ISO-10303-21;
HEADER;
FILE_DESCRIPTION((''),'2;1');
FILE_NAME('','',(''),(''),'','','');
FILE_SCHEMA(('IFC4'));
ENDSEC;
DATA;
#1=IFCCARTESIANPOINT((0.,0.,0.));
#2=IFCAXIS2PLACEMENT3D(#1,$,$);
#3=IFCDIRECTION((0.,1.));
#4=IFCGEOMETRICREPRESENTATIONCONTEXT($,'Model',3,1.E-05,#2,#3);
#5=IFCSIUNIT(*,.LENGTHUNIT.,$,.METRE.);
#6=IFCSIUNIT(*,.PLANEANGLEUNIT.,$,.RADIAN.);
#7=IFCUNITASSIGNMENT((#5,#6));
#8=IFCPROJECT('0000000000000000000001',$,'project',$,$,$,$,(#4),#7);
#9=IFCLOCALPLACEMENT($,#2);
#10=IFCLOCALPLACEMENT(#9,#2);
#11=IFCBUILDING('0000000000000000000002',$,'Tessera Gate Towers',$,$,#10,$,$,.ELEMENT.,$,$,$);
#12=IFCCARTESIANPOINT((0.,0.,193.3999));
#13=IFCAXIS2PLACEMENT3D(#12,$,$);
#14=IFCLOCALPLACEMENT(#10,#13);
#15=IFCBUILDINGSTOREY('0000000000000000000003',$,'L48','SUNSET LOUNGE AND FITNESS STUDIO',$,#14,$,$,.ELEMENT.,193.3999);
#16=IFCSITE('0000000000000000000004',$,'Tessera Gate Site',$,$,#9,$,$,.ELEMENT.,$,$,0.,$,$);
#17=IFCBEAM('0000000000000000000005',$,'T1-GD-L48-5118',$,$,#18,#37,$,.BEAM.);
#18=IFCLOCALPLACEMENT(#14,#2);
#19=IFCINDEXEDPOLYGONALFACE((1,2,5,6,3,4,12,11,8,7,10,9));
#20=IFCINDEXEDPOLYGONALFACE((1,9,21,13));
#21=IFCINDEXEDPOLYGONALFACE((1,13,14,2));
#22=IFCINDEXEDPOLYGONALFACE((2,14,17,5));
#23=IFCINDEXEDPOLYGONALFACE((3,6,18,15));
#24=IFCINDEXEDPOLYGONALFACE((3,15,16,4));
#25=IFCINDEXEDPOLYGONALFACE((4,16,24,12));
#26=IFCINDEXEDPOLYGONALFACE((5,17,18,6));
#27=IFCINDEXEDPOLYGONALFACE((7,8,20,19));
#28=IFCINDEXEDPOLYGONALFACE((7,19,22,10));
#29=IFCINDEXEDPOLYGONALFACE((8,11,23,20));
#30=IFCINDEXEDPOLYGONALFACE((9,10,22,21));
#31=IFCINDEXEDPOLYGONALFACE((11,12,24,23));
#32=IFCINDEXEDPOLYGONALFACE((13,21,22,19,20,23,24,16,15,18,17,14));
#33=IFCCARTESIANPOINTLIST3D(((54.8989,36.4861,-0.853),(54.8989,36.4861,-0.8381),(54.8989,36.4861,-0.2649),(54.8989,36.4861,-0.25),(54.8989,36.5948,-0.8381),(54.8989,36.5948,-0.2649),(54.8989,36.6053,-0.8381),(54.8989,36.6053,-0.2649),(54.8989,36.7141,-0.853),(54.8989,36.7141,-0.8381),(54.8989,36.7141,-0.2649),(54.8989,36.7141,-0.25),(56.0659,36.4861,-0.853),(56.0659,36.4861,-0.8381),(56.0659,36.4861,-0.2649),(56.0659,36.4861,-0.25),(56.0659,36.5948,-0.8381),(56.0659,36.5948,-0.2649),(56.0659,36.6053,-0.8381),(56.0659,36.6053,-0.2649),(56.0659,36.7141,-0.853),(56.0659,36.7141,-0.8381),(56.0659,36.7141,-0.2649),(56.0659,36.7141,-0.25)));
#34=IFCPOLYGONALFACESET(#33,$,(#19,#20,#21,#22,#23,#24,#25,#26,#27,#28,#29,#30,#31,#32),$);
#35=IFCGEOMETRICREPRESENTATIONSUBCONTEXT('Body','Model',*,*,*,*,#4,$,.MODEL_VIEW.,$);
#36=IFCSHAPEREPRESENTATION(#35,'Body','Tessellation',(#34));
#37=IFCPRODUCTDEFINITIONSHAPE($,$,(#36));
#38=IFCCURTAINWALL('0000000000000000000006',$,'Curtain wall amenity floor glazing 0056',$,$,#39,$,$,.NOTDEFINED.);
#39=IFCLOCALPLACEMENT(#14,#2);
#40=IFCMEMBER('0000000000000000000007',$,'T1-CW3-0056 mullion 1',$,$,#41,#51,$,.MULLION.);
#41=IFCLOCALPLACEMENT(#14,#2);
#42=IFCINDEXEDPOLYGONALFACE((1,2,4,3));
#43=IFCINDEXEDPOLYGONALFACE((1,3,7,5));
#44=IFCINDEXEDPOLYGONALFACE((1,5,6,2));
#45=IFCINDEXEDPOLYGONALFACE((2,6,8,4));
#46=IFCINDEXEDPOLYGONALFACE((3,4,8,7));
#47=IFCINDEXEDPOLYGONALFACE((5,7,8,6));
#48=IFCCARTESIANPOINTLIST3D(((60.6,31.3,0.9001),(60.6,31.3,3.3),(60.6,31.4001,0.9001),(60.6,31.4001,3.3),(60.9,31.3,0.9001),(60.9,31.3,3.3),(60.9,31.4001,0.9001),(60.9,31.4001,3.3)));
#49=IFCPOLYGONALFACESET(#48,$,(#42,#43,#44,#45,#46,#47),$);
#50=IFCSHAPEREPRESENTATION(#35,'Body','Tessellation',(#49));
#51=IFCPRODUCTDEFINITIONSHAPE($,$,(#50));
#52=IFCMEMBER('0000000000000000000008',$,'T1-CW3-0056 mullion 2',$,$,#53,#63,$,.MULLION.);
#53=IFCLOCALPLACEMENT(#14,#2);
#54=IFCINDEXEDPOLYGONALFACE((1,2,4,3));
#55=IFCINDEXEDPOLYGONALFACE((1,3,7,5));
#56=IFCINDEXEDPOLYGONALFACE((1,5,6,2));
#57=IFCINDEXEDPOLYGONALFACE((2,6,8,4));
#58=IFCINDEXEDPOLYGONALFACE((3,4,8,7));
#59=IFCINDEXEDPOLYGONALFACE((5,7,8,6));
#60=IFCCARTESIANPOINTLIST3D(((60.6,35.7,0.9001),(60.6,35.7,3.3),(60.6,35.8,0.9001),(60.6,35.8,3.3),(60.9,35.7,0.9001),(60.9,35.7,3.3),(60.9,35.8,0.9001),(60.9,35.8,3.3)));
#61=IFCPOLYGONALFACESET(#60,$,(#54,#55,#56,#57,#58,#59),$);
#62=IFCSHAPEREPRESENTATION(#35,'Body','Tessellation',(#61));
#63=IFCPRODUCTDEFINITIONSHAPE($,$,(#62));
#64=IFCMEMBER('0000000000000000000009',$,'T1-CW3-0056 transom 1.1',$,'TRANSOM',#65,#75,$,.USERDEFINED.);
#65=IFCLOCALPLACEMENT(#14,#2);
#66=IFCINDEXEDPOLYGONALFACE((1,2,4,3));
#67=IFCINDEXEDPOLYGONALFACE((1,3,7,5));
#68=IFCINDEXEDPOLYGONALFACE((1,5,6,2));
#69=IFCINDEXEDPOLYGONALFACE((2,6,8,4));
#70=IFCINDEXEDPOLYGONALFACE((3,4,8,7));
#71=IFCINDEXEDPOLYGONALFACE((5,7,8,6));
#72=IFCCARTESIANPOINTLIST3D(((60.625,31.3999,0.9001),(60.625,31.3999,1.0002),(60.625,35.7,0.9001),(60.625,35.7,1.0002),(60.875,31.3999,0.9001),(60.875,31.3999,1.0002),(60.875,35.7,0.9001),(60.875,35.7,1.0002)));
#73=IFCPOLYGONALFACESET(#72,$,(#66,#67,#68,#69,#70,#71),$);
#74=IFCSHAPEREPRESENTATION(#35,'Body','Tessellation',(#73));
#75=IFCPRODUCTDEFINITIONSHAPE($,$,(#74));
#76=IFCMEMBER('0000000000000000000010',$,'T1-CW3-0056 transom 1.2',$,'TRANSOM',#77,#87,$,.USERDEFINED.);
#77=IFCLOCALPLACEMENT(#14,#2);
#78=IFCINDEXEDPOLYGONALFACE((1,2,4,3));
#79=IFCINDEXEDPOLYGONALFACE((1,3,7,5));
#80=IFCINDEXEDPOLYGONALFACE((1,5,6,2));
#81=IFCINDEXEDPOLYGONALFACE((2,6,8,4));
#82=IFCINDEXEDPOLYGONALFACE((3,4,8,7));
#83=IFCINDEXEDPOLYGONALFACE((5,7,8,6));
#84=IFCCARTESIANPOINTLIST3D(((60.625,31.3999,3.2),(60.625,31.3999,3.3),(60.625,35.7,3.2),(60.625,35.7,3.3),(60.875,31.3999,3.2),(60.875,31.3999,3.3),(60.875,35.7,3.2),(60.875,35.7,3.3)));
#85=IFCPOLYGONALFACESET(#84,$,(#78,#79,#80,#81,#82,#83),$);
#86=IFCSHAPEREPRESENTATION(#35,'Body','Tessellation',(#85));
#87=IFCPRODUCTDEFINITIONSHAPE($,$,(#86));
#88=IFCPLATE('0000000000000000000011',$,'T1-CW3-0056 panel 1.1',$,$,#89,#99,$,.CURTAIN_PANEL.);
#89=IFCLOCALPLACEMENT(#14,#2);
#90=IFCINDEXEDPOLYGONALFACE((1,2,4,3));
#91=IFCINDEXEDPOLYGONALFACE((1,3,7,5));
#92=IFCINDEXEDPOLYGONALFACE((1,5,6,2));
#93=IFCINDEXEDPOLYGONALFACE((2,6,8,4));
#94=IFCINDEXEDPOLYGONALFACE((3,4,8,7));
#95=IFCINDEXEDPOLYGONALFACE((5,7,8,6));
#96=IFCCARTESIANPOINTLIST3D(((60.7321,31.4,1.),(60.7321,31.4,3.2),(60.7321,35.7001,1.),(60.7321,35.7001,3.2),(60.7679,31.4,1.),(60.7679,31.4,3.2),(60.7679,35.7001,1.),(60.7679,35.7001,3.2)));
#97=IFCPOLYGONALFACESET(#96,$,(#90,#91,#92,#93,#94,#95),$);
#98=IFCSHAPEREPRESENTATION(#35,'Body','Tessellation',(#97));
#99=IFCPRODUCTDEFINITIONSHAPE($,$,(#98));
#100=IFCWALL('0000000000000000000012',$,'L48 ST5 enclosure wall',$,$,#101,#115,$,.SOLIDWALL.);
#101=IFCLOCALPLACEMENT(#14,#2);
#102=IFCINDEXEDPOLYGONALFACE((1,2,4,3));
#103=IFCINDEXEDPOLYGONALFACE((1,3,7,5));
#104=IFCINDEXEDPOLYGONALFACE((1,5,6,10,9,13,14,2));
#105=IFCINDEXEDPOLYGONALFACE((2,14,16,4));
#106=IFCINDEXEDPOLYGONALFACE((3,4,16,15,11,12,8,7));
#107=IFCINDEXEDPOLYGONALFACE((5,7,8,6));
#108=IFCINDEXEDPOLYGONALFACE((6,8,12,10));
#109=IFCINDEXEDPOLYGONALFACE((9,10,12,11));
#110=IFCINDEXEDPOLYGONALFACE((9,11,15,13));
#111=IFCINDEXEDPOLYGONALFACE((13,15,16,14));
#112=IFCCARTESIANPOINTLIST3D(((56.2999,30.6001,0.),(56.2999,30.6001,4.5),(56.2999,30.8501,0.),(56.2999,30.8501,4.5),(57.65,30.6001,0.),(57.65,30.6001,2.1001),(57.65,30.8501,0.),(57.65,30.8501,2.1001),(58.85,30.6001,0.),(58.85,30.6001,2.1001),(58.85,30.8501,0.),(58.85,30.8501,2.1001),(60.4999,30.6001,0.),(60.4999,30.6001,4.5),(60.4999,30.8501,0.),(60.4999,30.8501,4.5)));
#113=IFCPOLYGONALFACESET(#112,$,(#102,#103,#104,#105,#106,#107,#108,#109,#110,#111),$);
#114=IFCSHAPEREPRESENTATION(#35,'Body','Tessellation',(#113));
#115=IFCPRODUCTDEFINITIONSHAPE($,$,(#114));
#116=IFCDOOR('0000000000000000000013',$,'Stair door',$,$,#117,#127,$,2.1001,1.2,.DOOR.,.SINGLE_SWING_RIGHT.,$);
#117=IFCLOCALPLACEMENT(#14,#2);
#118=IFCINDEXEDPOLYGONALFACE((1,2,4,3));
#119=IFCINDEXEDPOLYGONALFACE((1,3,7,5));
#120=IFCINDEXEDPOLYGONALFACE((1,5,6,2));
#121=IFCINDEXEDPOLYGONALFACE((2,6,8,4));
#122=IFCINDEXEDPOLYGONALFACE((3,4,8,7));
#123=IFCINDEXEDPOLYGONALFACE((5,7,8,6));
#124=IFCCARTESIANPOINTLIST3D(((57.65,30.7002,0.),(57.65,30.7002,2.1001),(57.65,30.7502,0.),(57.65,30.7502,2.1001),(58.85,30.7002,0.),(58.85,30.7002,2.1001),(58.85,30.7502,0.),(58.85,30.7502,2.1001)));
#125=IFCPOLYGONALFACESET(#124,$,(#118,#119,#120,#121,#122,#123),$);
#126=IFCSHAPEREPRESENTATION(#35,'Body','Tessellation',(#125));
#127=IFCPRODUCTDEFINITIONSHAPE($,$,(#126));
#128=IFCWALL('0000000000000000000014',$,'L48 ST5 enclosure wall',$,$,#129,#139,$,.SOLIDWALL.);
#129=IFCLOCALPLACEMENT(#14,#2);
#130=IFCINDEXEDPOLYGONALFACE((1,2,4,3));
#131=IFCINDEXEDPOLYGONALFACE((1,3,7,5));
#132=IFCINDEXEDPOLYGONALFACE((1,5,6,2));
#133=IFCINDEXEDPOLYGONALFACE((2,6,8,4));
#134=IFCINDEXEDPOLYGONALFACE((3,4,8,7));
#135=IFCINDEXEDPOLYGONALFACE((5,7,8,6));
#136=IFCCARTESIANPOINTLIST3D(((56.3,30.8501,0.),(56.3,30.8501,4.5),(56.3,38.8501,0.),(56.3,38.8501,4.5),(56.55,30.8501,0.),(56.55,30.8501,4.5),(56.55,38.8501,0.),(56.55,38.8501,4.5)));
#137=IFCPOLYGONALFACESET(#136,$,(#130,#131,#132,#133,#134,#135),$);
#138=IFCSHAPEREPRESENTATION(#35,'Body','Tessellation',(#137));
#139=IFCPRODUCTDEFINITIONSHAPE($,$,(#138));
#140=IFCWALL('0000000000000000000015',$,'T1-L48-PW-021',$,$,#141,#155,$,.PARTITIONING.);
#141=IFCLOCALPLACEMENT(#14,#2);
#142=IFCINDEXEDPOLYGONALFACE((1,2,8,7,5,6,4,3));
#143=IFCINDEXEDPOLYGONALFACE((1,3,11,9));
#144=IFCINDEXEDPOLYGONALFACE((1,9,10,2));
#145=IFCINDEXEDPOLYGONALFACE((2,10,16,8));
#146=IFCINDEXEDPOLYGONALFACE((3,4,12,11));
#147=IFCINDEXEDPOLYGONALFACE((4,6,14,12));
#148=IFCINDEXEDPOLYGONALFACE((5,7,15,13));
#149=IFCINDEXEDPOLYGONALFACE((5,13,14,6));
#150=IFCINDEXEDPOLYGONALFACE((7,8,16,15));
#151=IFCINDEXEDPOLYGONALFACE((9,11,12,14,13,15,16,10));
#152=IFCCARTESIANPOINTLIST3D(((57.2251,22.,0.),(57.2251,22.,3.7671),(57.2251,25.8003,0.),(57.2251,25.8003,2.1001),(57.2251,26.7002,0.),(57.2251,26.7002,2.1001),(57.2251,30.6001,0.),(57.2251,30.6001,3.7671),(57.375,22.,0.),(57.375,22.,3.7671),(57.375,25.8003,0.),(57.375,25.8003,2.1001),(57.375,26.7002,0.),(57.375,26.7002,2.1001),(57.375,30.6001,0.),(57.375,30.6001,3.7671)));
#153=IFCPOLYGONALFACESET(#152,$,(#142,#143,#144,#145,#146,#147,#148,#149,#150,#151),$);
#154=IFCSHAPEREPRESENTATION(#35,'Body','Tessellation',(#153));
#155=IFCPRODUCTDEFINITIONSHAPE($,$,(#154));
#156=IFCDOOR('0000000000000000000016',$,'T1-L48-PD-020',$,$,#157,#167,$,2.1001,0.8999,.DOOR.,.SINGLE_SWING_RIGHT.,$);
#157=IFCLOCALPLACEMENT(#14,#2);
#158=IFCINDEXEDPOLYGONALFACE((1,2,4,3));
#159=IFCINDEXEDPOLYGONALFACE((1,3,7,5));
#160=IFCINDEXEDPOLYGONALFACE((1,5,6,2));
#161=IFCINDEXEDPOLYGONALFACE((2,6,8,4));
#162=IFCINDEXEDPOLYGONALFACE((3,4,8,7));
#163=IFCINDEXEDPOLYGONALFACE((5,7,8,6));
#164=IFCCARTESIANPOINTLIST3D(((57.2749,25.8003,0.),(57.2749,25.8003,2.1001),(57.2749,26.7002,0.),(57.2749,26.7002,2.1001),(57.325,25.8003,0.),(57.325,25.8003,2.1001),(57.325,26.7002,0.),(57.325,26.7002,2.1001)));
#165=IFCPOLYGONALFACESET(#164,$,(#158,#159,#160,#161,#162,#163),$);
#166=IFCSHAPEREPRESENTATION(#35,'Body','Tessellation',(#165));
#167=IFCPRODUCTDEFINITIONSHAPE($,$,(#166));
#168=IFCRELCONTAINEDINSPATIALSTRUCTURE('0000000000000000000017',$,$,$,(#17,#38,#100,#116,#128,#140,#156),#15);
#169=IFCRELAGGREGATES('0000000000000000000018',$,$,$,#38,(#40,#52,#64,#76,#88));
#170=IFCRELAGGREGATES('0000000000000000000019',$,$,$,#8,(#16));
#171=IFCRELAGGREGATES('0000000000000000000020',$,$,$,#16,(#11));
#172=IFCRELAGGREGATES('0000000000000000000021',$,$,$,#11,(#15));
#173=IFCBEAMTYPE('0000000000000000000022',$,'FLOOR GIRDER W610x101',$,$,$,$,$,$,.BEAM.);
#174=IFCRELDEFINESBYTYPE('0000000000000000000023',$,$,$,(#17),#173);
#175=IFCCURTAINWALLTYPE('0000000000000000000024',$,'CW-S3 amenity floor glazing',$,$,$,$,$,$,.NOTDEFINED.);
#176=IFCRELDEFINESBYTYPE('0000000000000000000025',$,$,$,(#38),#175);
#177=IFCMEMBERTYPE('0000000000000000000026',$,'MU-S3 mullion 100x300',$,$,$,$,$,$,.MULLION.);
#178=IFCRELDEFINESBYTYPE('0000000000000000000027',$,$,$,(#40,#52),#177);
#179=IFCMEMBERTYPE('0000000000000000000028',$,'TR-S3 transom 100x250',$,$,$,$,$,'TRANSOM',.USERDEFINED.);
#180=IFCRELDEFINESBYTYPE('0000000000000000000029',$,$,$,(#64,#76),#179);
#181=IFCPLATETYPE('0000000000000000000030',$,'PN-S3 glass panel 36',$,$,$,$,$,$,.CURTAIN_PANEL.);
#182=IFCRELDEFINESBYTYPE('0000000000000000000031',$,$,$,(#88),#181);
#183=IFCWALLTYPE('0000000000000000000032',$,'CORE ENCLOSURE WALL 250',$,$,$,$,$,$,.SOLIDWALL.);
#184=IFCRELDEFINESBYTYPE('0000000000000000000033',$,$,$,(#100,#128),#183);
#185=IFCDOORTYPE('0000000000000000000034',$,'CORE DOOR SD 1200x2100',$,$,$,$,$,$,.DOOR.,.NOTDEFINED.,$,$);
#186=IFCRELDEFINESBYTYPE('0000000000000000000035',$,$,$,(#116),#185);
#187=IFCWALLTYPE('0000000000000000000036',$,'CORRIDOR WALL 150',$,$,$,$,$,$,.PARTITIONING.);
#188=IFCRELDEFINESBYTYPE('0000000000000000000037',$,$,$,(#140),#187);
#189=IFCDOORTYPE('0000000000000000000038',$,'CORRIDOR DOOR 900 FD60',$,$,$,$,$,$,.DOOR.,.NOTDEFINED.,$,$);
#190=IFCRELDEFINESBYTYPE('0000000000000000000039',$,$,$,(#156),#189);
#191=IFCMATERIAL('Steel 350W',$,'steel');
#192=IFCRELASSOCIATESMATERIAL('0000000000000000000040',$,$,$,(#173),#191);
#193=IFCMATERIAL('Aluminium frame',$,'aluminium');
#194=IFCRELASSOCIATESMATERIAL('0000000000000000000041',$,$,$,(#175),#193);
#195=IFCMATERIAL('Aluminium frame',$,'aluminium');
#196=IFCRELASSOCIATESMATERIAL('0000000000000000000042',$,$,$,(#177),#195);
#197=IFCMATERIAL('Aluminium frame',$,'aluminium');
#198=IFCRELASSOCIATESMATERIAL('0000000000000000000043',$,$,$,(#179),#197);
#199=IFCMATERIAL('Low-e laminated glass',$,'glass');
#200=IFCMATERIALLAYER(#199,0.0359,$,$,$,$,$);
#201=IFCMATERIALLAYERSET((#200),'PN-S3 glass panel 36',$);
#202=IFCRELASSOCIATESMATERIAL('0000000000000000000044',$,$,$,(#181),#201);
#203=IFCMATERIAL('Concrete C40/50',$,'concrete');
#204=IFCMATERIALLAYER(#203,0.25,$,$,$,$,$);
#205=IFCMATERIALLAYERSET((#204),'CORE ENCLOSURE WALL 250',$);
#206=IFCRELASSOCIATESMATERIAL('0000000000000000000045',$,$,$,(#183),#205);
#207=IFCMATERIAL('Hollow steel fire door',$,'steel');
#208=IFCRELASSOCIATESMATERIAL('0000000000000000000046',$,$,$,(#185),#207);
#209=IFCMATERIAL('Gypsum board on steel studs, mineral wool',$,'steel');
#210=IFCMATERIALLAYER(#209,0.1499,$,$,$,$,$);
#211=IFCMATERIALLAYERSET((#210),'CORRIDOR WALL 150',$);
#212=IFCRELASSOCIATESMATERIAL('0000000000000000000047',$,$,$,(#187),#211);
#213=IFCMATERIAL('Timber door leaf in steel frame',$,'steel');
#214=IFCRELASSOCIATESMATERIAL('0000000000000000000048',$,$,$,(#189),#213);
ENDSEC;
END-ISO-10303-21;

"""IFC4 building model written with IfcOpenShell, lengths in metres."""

from ifc_helpers import new_model, si_unit, direction, frame, frame_2d, origin, origin_2d, place, context, subcontext, project, spatial, rectangle, i_section, extrude, source, transform, mapped, material, layer, layer_set, material_profile, profile_set, type_object, element, fill, aggregate, save


model = new_model("IFC4")

# Units and contexts
model_context = context("Model", 3, precision=1e-05, world=origin(), true_north=direction((0.0, 1.0)))
body_context = subcontext(model_context, "Body", "Model", "MODEL_VIEW")
ifc_project = project(units=[si_unit("LENGTHUNIT", "METRE"), si_unit("PLANEANGLEUNIT", "RADIAN")], contexts=[model_context])

# Site, building, storey
site_placement = place(None, origin())
site = spatial("IfcSite", under=ifc_project, at=site_placement, Name="Tessera Gate Site", CompositionType="ELEMENT", RefElevation=0.0)
building_placement = place(site_placement, origin())
building = spatial("IfcBuilding", under=site, at=building_placement, Name="Tessera Gate Towers", CompositionType="ELEMENT")
storey_placement = place(building_placement, frame((0.0, 0.0, 193.3999)))
storey = spatial("IfcBuildingStorey", under=building, at=storey_placement, Name="L48", Description="SUNSET LOUNGE AND FITNESS STUDIO", CompositionType="ELEMENT", Elevation=193.3999)

# Beam
ifc_material_1 = material(Name="Steel 350W", Category="steel")
ifc_material_profile_1 = material_profile(ifc_material_1, i_section(OverallWidth=0.228, OverallDepth=0.603, WebThickness=0.0105, FlangeThickness=0.0149, at=origin_2d()), Name="W610x101")
ifc_profile_set_1 = profile_set([ifc_material_profile_1], Name="Steel 350W")
beam_type = type_object("IfcBeamType", Name="FLOOR GIRDER W610x101", PredefinedType="BEAM", material=ifc_profile_set_1)
beam_placement = place(storey_placement, frame((54.8989, 36.6001, -0.5515), z_axis=(1.0, 0.0, 0.0), x_axis=(0.0, 1.0, 0.0)))
element("IfcBeam", 1, at=beam_placement, inside=storey, type_object=beam_type, Name="T1-GD-L48-5118", PredefinedType="BEAM", context=body_context, shape_type="SweptSolid", body=[
    extrude(i_section(OverallWidth=0.228, OverallDepth=0.603, WebThickness=0.0105, FlangeThickness=0.0149, at=origin_2d()), origin(), (0.0, 0.0, 1.0), 1.167),
])

# Curtain wall, members, plate
ifc_material_2 = material(Name="Aluminium frame", Category="aluminium")
curtain_wall_type = type_object("IfcCurtainWallType", Name="CW-S3 amenity floor glazing", PredefinedType="NOTDEFINED", material=ifc_material_2)
curtain_wall_placement = place(storey_placement, origin())
curtain_wall = element("IfcCurtainWall", 2, at=curtain_wall_placement, inside=storey, type_object=curtain_wall_type, Name="Curtain wall amenity floor glazing 0056", PredefinedType="NOTDEFINED")
ifc_material_3 = material(Name="Aluminium frame", Category="aluminium")
ifc_material_profile_2 = material_profile(ifc_material_3, rectangle(XDim=0.1001, YDim=0.3, at=origin_2d()), Name="AL 100x300")
ifc_profile_set_2 = profile_set([ifc_material_profile_2], Name="Aluminium frame")
member_type_1 = type_object("IfcMemberType", Name="MU-S3 mullion 100x300", PredefinedType="MULLION", material=ifc_profile_set_2)
member_1_placement = place(storey_placement, frame((60.75, 31.3501, 0.9001), z_axis=(0.0, 0.0, 1.0), x_axis=(0.0, 1.0, 0.0)))
member_1 = element("IfcMember", 3, at=member_1_placement, type_object=member_type_1, Name="T1-CW3-0056 mullion 1", PredefinedType="MULLION", context=body_context, shape_type="SweptSolid", body=[
    extrude(rectangle(XDim=0.1001, YDim=0.3, at=origin_2d()), origin(), (0.0, 0.0, 1.0), 2.3999),
])
member_2_placement = place(storey_placement, frame((60.75, 35.75, 0.9001), z_axis=(0.0, 0.0, 1.0), x_axis=(0.0, 1.0, 0.0)))
member_2 = element("IfcMember", 4, at=member_2_placement, type_object=member_type_1, Name="T1-CW3-0056 mullion 2", PredefinedType="MULLION", context=body_context, shape_type="SweptSolid", body=[
    extrude(rectangle(XDim=0.1001, YDim=0.3, at=origin_2d()), origin(), (0.0, 0.0, 1.0), 2.3999),
])
ifc_material_4 = material(Name="Aluminium frame", Category="aluminium")
ifc_material_profile_3 = material_profile(ifc_material_4, rectangle(XDim=0.25, YDim=0.1001, at=origin_2d()), Name="AL 100x250")
ifc_profile_set_3 = profile_set([ifc_material_profile_3], Name="Aluminium frame")
member_type_2 = type_object("IfcMemberType", Name="TR-S3 transom 100x250", ElementType="TRANSOM", PredefinedType="USERDEFINED", material=ifc_profile_set_3)
member_3_placement = place(storey_placement, frame((60.75, 31.3999, 0.9502), z_axis=(0.0, 1.0, 0.0), x_axis=(-1.0, 0.0, 0.0)))
member_3 = element("IfcMember", 5, at=member_3_placement, type_object=member_type_2, Name="T1-CW3-0056 transom 1.1", ObjectType="TRANSOM", PredefinedType="USERDEFINED", context=body_context, shape_type="SweptSolid", body=[
    extrude(rectangle(XDim=0.25, YDim=0.1001, at=origin_2d()), origin(), (0.0, 0.0, 1.0), 4.3),
])
member_4_placement = place(storey_placement, frame((60.75, 31.3999, 3.25), z_axis=(0.0, 1.0, 0.0), x_axis=(-1.0, 0.0, 0.0)))
member_4 = element("IfcMember", 6, at=member_4_placement, type_object=member_type_2, Name="T1-CW3-0056 transom 1.2", ObjectType="TRANSOM", PredefinedType="USERDEFINED", context=body_context, shape_type="SweptSolid", body=[
    extrude(rectangle(XDim=0.25, YDim=0.1001, at=origin_2d()), origin(), (0.0, 0.0, 1.0), 4.3),
])
ifc_material_5 = material(Name="Low-e laminated glass", Category="glass")
ifc_layer_1 = layer(ifc_material_5, 0.0359)
ifc_layer_set_1 = layer_set([ifc_layer_1], Name="PN-S3 glass panel 36")
plate_type = type_object("IfcPlateType", Name="PN-S3 glass panel 36", PredefinedType="CURTAIN_PANEL", material=ifc_layer_set_1)
plate_placement = place(storey_placement, frame((60.75, 33.55, 1.0), z_axis=(0.0, 0.0, 1.0), x_axis=(0.0, 1.0, 0.0)))
plate = element("IfcPlate", 7, at=plate_placement, type_object=plate_type, Name="T1-CW3-0056 panel 1.1", PredefinedType="CURTAIN_PANEL", context=body_context, shape_type="SweptSolid", body=[
    extrude(rectangle(XDim=4.3, YDim=0.0359, at=origin_2d()), origin(), (0.0, 0.0, 1.0), 2.2),
])
aggregate(curtain_wall, [member_1, member_2, member_3, member_4, plate])

# Wall, opening, door
ifc_material_6 = material(Name="Concrete C40/50", Category="concrete")
ifc_layer_2 = layer(ifc_material_6, 0.25)
ifc_layer_set_2 = layer_set([ifc_layer_2], Name="CORE ENCLOSURE WALL 250")
wall_type_1 = type_object("IfcWallType", Name="CORE ENCLOSURE WALL 250", PredefinedType="SOLIDWALL", material=ifc_layer_set_2)
wall_1_placement = place(storey_placement, frame((60.5, 30.7251, 0.0), z_axis=(0.0, 0.0, 1.0), x_axis=(-1.0, 0.0, 0.0)))
wall_1 = element("IfcWall", 8, at=wall_1_placement, inside=storey, type_object=wall_type_1, Name="L48 ST5 enclosure wall", PredefinedType="SOLIDWALL", context=body_context, shape_type="SweptSolid", body=[
    extrude(rectangle(XDim=4.2, YDim=0.25, at=frame_2d((2.1001, 0.0))), origin(), (0.0, 0.0, 1.0), 4.5),
])
shared_shape_1 = source(origin(), body_context, "Body", "SweptSolid", [
    extrude(rectangle(XDim=1.2, YDim=2.1001, at=frame_2d((0.6001, 1.05))), frame((0.0, 0.135, 0.0), z_axis=(0.0, -1.0, 0.0), x_axis=(1.0, 0.0, 0.0)), (0.0, 0.0, 1.0), 0.27),
])
opening_1_placement = place(wall_1_placement, frame((1.6499, 0.0, 0.0)))
opening_1 = element("IfcOpeningElement", 9, at=opening_1_placement, cuts=wall_1, PredefinedType="OPENING", context=body_context, shape_type="MappedRepresentation", body=[
    mapped(shared_shape_1, transform((0.0, 0.0, 0.0), scale=1.0)),
])
ifc_material_7 = material(Name="Hollow steel fire door", Category="steel")
door_type_1 = type_object("IfcDoorType", Name="CORE DOOR SD 1200x2100", OperationType="NOTDEFINED", PredefinedType="DOOR", material=ifc_material_7)
shared_shape_2 = source(origin(), body_context, "Body", "SweptSolid", [
    extrude(rectangle(XDim=1.2, YDim=2.1001, at=frame_2d((0.6001, 1.05))), frame((0.0, 0.0249, 0.0), z_axis=(0.0, -1.0, 0.0), x_axis=(1.0, 0.0, 0.0)), (0.0, 0.0, 1.0), 0.05),
])
door_1_placement = place(opening_1_placement, origin())
door_1 = element("IfcDoor", 10, at=door_1_placement, inside=storey, type_object=door_type_1, Name="Stair door", OperationType="SINGLE_SWING_RIGHT", OverallHeight=2.1001, OverallWidth=1.2, PredefinedType="DOOR", context=body_context, shape_type="MappedRepresentation", body=[
    mapped(shared_shape_2, transform((0.0, 0.0, 0.0), scale=1.0)),
])
fill(opening_1, door_1)

# Wall
wall_2_placement = place(storey_placement, frame((56.425, 30.8501, 0.0), z_axis=(0.0, 0.0, 1.0), x_axis=(0.0, 1.0, 0.0)))
element("IfcWall", 11, at=wall_2_placement, inside=storey, type_object=wall_type_1, Name="L48 ST5 enclosure wall", PredefinedType="SOLIDWALL", context=body_context, shape_type="SweptSolid", body=[
    extrude(rectangle(XDim=8.0, YDim=0.25, at=frame_2d((4.0, 0.0))), origin(), (0.0, 0.0, 1.0), 4.5),
])

# Wall, opening, door
ifc_material_8 = material(Name="Gypsum board on steel studs, mineral wool", Category="steel")
ifc_layer_3 = layer(ifc_material_8, 0.1499)
ifc_layer_set_3 = layer_set([ifc_layer_3], Name="CORRIDOR WALL 150")
wall_type_2 = type_object("IfcWallType", Name="CORRIDOR WALL 150", PredefinedType="PARTITIONING", material=ifc_layer_set_3)
wall_3_placement = place(storey_placement, frame((57.3, 30.6001, 0.0), z_axis=(0.0, 0.0, 1.0), x_axis=(0.0, -1.0, 0.0)))
wall_3 = element("IfcWall", 12, at=wall_3_placement, inside=storey, type_object=wall_type_2, Name="T1-L48-PW-021", PredefinedType="PARTITIONING", context=body_context, shape_type="SweptSolid", body=[
    extrude(rectangle(XDim=8.6001, YDim=0.1499, at=frame_2d((4.3, 0.0))), origin(), (0.0, 0.0, 1.0), 3.7671),
])
shared_shape_3 = source(origin(), body_context, "Body", "SweptSolid", [
    extrude(rectangle(XDim=0.8999, YDim=2.1001, at=frame_2d((0.45, 1.05))), frame((0.0, 0.085, 0.0), z_axis=(0.0, -1.0, 0.0), x_axis=(1.0, 0.0, 0.0)), (0.0, 0.0, 1.0), 0.1699),
])
opening_2_placement = place(wall_3_placement, frame((3.8999, 0.0, 0.0)))
opening_2 = element("IfcOpeningElement", 13, at=opening_2_placement, cuts=wall_3, PredefinedType="OPENING", context=body_context, shape_type="MappedRepresentation", body=[
    mapped(shared_shape_3, transform((0.0, 0.0, 0.0), scale=1.0)),
])
ifc_material_9 = material(Name="Timber door leaf in steel frame", Category="steel")
door_type_2 = type_object("IfcDoorType", Name="CORRIDOR DOOR 900 FD60", OperationType="NOTDEFINED", PredefinedType="DOOR", material=ifc_material_9)
shared_shape_4 = source(origin(), body_context, "Body", "SweptSolid", [
    extrude(rectangle(XDim=0.8999, YDim=2.1001, at=frame_2d((0.45, 1.05))), frame((0.0, 0.0249, 0.0), z_axis=(0.0, -1.0, 0.0), x_axis=(1.0, 0.0, 0.0)), (0.0, 0.0, 1.0), 0.05),
])
door_2_placement = place(opening_2_placement, origin())
door_2 = element("IfcDoor", 14, at=door_2_placement, inside=storey, type_object=door_type_2, Name="T1-L48-PD-020", OperationType="SINGLE_SWING_RIGHT", OverallHeight=2.1001, OverallWidth=0.8999, PredefinedType="DOOR", context=body_context, shape_type="MappedRepresentation", body=[
    mapped(shared_shape_4, transform((0.0, 0.0, 0.0), scale=1.0)),
])
fill(opening_2, door_2)

save(model, "model.ifc")
